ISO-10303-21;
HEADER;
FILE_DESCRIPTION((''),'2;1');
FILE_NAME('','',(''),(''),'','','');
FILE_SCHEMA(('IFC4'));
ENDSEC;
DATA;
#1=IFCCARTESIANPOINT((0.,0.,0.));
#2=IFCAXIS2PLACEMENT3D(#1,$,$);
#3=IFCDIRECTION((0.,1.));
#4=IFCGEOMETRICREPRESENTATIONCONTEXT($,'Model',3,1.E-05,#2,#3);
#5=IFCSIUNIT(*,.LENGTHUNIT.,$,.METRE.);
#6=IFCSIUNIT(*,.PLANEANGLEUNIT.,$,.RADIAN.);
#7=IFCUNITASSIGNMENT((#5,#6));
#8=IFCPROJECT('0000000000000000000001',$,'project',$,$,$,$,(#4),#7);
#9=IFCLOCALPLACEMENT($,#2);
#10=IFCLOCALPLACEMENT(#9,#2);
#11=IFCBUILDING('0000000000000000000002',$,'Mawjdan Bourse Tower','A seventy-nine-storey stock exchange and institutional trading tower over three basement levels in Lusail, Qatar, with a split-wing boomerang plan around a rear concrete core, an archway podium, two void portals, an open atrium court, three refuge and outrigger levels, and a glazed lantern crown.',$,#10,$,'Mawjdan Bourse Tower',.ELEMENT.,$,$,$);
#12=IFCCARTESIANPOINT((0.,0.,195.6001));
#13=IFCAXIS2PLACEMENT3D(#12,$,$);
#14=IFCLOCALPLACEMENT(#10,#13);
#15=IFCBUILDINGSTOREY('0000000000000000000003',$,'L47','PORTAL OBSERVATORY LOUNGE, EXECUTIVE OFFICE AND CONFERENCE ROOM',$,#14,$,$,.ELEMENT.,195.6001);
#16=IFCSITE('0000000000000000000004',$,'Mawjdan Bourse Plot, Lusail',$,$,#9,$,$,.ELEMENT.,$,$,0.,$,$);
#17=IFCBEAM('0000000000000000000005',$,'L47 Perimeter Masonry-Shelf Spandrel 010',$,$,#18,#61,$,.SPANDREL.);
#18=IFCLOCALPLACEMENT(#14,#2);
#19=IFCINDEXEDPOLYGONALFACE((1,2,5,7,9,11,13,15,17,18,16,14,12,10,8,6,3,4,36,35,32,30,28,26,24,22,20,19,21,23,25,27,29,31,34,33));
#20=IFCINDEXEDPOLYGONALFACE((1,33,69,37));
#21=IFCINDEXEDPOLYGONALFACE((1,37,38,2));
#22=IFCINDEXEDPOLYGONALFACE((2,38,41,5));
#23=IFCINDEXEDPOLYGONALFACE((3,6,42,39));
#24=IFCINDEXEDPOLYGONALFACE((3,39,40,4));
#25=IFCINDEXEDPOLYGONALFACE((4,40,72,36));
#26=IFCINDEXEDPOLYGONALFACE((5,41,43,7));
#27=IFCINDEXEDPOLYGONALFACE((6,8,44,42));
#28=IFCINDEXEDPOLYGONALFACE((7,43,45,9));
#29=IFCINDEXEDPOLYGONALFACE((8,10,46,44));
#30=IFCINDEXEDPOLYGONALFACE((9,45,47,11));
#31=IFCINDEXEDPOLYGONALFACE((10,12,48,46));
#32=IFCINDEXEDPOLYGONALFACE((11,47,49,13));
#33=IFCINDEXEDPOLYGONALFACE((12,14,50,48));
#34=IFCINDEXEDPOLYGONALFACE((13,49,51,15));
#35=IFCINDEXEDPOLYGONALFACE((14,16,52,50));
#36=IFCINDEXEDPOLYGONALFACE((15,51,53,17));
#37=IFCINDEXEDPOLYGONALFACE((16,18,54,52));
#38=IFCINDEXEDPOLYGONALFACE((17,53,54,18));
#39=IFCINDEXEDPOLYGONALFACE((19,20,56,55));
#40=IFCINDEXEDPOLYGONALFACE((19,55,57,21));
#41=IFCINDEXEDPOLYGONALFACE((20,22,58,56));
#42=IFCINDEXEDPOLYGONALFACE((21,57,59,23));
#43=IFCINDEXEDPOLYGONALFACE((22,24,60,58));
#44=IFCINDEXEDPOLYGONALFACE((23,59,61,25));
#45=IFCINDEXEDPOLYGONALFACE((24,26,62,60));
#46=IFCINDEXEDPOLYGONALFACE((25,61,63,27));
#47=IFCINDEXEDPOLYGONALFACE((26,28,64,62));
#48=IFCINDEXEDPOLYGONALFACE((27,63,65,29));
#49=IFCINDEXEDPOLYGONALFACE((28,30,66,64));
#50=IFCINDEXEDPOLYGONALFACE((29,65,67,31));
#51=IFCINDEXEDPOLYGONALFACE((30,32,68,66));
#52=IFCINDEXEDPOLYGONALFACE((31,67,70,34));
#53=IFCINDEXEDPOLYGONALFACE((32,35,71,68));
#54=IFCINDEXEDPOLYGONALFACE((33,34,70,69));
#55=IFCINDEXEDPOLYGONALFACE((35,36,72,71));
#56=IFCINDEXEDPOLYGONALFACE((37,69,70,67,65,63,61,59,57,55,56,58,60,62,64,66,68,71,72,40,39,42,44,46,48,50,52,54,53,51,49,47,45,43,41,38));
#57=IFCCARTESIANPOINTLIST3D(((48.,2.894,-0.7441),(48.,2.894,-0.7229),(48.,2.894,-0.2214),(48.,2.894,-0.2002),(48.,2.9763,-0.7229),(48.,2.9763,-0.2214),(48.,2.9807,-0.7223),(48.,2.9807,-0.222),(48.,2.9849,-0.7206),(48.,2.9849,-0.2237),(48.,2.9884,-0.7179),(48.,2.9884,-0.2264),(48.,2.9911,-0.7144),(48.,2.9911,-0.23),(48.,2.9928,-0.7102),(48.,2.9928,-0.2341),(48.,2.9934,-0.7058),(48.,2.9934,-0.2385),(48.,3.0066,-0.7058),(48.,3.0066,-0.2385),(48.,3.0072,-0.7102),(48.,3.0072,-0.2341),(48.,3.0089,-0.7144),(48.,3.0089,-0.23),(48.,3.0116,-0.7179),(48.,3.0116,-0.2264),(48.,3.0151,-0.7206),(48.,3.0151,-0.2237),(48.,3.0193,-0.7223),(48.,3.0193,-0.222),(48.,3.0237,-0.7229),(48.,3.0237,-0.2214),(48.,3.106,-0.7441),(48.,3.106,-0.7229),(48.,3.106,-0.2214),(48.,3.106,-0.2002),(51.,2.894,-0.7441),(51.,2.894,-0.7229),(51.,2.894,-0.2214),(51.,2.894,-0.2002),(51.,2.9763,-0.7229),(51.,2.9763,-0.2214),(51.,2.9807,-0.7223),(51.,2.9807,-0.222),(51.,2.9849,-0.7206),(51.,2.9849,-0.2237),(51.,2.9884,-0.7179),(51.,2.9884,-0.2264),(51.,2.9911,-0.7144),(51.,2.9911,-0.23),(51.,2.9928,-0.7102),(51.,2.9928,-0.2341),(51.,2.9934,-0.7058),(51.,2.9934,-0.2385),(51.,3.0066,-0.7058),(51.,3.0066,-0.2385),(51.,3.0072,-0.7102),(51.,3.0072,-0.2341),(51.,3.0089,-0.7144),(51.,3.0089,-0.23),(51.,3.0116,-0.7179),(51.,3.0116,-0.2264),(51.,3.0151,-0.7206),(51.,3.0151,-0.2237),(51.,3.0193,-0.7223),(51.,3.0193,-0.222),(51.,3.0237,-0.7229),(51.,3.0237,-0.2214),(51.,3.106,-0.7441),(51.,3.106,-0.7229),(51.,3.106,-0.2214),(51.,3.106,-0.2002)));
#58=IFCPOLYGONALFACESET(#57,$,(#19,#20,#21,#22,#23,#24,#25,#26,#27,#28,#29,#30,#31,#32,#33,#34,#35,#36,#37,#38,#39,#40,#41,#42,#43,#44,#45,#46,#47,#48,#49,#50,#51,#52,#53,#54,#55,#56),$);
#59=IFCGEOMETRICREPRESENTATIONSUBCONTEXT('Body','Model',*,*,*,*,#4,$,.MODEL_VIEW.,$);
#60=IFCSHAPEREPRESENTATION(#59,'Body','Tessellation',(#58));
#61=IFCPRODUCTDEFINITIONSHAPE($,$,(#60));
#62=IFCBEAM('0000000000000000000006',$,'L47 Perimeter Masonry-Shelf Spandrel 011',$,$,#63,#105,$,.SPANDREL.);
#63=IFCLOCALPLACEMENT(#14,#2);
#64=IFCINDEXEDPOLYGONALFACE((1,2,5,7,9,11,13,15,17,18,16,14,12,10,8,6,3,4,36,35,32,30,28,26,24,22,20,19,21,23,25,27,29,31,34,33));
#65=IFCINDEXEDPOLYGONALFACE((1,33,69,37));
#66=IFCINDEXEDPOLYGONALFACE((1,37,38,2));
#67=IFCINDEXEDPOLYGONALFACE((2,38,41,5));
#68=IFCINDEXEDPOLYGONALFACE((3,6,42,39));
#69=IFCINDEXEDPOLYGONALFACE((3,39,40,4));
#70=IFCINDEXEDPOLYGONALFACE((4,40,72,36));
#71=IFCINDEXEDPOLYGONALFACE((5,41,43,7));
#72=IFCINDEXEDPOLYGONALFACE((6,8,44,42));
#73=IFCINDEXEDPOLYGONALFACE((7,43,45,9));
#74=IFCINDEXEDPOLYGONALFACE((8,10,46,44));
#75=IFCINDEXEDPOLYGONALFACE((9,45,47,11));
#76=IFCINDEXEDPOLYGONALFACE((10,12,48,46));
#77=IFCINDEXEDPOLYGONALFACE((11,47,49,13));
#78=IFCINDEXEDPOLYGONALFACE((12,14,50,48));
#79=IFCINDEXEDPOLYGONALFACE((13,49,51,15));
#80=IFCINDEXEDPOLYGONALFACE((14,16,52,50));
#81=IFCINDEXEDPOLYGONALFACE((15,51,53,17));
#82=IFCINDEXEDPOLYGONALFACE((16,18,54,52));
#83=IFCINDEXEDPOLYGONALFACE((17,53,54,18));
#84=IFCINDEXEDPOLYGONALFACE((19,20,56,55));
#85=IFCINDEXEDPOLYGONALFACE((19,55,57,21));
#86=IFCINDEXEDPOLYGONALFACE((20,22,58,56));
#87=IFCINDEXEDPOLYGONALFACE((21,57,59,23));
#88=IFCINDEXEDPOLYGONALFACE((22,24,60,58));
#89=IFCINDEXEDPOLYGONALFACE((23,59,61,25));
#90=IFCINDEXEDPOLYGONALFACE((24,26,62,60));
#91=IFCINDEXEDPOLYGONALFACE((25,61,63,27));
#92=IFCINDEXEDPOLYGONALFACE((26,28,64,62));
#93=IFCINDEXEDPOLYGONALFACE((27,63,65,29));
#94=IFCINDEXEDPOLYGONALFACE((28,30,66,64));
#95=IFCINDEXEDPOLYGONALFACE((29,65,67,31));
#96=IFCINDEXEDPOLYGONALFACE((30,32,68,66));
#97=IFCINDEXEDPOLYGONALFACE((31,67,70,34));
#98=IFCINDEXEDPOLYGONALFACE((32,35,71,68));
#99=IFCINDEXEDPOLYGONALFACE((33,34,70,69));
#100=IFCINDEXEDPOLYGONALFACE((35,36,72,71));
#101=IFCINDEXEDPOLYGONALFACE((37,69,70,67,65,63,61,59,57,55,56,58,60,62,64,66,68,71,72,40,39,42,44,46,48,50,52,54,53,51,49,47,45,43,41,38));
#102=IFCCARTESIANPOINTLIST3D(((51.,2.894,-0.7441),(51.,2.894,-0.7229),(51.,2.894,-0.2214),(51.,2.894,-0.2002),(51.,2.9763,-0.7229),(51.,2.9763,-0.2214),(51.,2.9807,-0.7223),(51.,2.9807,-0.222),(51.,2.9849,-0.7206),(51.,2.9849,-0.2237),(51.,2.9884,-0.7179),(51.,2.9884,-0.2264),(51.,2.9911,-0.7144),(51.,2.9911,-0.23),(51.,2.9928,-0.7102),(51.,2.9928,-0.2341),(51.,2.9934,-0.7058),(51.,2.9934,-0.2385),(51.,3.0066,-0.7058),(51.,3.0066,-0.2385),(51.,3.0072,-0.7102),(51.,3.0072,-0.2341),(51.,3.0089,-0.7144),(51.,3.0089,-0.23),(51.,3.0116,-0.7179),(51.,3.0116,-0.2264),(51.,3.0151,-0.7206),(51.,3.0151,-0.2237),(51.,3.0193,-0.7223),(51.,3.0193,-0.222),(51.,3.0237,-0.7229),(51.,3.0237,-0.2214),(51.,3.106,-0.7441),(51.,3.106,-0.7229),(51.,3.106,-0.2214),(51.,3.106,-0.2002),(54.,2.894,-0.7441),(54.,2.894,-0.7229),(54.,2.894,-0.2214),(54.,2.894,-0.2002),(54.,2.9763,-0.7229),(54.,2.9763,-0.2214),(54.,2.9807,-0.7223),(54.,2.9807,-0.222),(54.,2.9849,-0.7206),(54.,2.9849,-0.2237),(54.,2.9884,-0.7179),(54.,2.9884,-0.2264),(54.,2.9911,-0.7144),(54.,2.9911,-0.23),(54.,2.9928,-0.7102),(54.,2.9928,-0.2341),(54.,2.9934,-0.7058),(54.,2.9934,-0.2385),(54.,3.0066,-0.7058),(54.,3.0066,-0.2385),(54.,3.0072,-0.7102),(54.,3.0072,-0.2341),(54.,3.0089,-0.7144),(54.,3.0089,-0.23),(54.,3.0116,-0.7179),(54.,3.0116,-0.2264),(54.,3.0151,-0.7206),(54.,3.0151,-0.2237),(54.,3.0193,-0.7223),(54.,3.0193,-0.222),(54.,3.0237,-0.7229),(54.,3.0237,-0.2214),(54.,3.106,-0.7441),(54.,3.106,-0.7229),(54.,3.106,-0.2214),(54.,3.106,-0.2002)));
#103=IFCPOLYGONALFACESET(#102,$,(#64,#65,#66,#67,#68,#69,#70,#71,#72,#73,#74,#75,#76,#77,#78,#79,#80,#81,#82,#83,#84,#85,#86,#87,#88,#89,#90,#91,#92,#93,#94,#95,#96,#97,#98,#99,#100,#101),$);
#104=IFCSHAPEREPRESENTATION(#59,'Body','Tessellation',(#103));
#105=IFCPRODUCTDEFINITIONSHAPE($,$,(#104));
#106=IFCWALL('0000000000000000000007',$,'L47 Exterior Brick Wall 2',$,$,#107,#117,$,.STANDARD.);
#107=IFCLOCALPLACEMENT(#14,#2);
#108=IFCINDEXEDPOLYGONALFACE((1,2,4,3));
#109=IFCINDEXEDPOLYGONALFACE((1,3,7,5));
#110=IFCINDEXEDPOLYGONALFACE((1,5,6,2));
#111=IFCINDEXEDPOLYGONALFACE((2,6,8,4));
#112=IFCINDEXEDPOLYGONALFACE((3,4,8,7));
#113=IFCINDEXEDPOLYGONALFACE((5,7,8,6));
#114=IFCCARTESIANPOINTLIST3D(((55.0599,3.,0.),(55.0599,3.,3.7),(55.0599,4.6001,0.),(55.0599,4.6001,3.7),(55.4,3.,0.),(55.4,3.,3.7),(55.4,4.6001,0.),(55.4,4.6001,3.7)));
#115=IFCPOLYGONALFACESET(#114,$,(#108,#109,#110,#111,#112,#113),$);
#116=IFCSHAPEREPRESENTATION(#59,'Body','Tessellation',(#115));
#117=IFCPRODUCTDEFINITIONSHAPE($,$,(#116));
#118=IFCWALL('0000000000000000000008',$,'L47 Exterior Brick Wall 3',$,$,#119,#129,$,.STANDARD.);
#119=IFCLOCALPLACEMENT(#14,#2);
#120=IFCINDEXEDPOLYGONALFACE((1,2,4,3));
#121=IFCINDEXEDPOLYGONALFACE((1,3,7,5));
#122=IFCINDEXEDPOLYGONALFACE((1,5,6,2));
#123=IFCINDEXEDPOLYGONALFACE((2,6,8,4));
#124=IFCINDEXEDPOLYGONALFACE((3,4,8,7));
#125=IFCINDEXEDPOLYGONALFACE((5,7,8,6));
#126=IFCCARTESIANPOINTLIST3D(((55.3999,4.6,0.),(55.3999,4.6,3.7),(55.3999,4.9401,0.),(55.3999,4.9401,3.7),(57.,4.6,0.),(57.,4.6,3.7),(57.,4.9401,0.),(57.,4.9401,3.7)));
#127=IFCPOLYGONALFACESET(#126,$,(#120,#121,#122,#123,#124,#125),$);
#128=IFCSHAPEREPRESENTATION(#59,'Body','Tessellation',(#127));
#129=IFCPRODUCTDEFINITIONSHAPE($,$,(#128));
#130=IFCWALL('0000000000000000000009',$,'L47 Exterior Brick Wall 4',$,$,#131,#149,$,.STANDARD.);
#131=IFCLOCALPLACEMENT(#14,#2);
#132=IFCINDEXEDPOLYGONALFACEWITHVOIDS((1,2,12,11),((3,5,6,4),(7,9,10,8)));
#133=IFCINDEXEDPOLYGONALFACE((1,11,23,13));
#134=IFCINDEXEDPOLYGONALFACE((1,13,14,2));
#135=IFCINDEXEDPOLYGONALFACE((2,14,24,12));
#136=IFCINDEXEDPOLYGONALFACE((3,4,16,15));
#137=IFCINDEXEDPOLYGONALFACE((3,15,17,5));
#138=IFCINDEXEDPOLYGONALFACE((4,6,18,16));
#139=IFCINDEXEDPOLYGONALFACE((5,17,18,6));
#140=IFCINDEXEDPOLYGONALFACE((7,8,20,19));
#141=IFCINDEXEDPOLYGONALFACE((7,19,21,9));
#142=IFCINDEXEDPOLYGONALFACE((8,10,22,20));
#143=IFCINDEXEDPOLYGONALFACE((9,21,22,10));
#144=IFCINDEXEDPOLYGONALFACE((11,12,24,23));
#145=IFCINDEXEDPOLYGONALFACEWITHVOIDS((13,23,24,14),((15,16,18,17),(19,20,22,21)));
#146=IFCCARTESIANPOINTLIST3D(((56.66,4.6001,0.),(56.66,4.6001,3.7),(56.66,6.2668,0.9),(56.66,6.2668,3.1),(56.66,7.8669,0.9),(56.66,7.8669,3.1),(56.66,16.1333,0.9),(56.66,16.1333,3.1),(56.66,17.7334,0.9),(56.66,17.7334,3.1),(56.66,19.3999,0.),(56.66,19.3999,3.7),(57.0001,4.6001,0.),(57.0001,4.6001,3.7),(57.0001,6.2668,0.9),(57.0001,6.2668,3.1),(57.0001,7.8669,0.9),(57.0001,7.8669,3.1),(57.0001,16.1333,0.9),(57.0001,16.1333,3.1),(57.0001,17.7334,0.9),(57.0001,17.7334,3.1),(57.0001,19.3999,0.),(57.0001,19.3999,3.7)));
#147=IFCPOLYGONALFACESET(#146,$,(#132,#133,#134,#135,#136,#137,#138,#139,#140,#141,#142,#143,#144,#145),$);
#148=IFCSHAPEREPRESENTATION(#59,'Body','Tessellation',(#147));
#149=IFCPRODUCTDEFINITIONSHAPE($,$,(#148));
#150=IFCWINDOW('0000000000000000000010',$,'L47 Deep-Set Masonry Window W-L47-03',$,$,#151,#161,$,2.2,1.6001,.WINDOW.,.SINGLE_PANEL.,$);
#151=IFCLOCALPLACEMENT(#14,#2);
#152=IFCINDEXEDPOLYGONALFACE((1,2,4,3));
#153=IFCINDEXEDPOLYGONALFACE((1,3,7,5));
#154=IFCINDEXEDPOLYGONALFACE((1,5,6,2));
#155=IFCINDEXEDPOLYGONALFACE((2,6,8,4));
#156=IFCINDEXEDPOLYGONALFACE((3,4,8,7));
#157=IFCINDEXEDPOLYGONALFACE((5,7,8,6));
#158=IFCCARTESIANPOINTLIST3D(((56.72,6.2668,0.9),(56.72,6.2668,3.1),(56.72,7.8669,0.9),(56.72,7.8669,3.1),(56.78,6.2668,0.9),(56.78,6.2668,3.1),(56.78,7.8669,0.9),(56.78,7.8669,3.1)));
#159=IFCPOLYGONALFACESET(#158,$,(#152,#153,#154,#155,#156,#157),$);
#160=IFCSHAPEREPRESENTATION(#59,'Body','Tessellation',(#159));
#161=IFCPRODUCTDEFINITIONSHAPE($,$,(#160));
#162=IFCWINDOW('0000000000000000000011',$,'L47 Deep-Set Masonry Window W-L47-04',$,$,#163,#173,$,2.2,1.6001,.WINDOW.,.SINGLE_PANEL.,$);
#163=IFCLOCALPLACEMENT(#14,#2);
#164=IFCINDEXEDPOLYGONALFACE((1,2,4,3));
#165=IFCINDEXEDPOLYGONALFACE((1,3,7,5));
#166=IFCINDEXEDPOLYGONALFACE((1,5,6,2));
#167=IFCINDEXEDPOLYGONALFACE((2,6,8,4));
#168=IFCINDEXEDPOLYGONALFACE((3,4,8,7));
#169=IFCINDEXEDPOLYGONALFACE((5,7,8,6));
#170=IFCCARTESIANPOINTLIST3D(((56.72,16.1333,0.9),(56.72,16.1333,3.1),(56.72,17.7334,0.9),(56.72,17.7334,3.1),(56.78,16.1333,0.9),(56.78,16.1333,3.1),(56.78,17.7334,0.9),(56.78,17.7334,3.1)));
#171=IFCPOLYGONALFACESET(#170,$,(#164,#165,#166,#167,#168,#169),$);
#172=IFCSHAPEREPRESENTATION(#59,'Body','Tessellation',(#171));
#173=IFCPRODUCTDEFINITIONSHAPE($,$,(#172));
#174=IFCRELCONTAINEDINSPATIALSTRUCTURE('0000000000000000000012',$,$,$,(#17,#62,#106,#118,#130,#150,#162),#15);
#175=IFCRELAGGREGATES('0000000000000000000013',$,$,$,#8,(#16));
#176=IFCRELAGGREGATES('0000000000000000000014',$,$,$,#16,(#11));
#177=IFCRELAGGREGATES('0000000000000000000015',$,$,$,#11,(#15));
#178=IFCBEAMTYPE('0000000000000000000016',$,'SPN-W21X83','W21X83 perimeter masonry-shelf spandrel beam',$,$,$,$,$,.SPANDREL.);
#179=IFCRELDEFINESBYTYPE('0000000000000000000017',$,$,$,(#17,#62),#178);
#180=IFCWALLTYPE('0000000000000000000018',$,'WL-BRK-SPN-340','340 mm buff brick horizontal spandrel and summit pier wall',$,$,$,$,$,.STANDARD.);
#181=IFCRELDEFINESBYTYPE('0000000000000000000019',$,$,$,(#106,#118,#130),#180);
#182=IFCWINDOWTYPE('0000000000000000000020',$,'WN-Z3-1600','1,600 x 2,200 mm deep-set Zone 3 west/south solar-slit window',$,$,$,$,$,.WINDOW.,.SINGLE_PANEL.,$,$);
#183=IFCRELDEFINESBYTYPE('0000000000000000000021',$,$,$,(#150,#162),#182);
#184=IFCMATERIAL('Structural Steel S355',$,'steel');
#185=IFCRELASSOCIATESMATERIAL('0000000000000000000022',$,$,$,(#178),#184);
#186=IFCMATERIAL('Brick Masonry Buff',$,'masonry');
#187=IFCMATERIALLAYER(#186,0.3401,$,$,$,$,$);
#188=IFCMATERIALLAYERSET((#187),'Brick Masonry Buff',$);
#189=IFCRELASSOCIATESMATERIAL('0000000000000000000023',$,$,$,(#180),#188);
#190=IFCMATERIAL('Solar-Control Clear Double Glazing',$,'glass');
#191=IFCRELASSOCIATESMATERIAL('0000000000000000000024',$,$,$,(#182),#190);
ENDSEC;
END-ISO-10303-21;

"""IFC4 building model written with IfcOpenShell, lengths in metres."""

from ifc_helpers import new_model, si_unit, direction, frame, frame_2d, origin, origin_2d, place, context, subcontext, project, spatial, rectangle, i_section, extrude, material, layer, layer_set, material_profile, profile_set, type_object, element, fill, save


model = new_model("IFC4")

# Units and contexts
model_context = context("Model", 3, precision=1e-05, world=origin(), true_north=direction((0.0, 1.0)))
body_context = subcontext(model_context, "Body", "Model", "MODEL_VIEW")
ifc_project = project(units=[si_unit("LENGTHUNIT", "METRE"), si_unit("PLANEANGLEUNIT", "RADIAN")], contexts=[model_context])

# Site, building, storey
site_placement = place(None, origin())
site = spatial("IfcSite", under=ifc_project, at=site_placement, Name="Mawjdan Bourse Plot, Lusail", CompositionType="ELEMENT", RefElevation=0.0)
building_placement = place(site_placement, origin())
building = spatial("IfcBuilding", under=site, at=building_placement, Name="Mawjdan Bourse Tower", Description="A seventy-nine-storey stock exchange and institutional trading tower over three basement levels in Lusail, Qatar, with a split-wing boomerang plan around a rear concrete core, an archway podium, two void portals, an open atrium court, three refuge and outrigger levels, and a glazed lantern crown.", LongName="Mawjdan Bourse Tower", CompositionType="ELEMENT")
storey_placement = place(building_placement, frame((0.0, 0.0, 195.6001)))
storey = spatial("IfcBuildingStorey", under=building, at=storey_placement, Name="L47", Description="PORTAL OBSERVATORY LOUNGE, EXECUTIVE OFFICE AND CONFERENCE ROOM", CompositionType="ELEMENT", Elevation=195.6001)

# Beams
ifc_material_1 = material(Name="Structural Steel S355", Category="steel")
ifc_material_profile_1 = material_profile(ifc_material_1, i_section(OverallWidth=0.2119, OverallDepth=0.5439, WebThickness=0.0132, FlangeThickness=0.0212, FilletRadius=0.0171, at=origin_2d()), Name="W21X83")
ifc_profile_set_1 = profile_set([ifc_material_profile_1], Name="Structural Steel S355")
beam_type_1 = type_object("IfcBeamType", Name="SPN-W21X83", Description="W21X83 perimeter masonry-shelf spandrel beam", PredefinedType="SPANDREL", material=ifc_profile_set_1)
for number, where, z_axis, x_axis, name in (
    (1, (48.0, 3.0, -0.4722), (1.0, 0.0, 0.0), (0.0, 1.0, 0.0), "L47 Perimeter Masonry-Shelf Spandrel 010"),
    (2, (51.0, 3.0, -0.4722), (1.0, 0.0, 0.0), (0.0, 1.0, 0.0), "L47 Perimeter Masonry-Shelf Spandrel 011"),
):
    element("IfcBeam", number, at=place(storey_placement, frame(where, z_axis=z_axis, x_axis=x_axis)), inside=storey, type_object=beam_type_1, Name=name, PredefinedType="SPANDREL", context=body_context, shape_type="SweptSolid", body=[
        extrude(i_section(OverallWidth=0.2119, OverallDepth=0.5439, WebThickness=0.0132, FlangeThickness=0.0212, FilletRadius=0.0171, at=origin_2d()), origin(), (0.0, 0.0, 1.0), 3.0),
    ])

# Walls
ifc_material_2 = material(Name="Brick Masonry Buff", Category="masonry")
ifc_layer_1 = layer(ifc_material_2, 0.3401)
ifc_layer_set_1 = layer_set([ifc_layer_1], Name="Brick Masonry Buff")
wall_type_1 = type_object("IfcWallType", Name="WL-BRK-SPN-340", Description="340 mm buff brick horizontal spandrel and summit pier wall", PredefinedType="STANDARD", material=ifc_layer_set_1)
for number, where, z_axis, x_axis, name in (
    (3, (55.23, 3.0, 0.0), (0.0, 0.0, 1.0), (0.0, 1.0, 0.0), "L47 Exterior Brick Wall 2"),
    (4, (55.3999, 4.77, 0.0), (0.0, 0.0, 1.0), (1.0, 0.0, 0.0), "L47 Exterior Brick Wall 3"),
):
    element("IfcWall", number, at=place(storey_placement, frame(where, z_axis=z_axis, x_axis=x_axis)), inside=storey, type_object=wall_type_1, Name=name, PredefinedType="STANDARD", context=body_context, shape_type="SweptSolid", body=[
        extrude(rectangle(XDim=1.6001, YDim=0.3401, at=frame_2d((0.8, 0.0))), origin(), (0.0, 0.0, 1.0), 3.7),
    ])

# Wall, openings, windows
wall_1_placement = place(storey_placement, frame((56.8301, 4.6001, 0.0), z_axis=(0.0, 0.0, 1.0), x_axis=(0.0, 1.0, 0.0)))
wall_1 = element("IfcWall", 5, at=wall_1_placement, inside=storey, type_object=wall_type_1, Name="L47 Exterior Brick Wall 4", PredefinedType="STANDARD", context=body_context, shape_type="SweptSolid", body=[
    extrude(rectangle(XDim=14.7998, YDim=0.3401, at=frame_2d((7.3999, 0.0))), origin(), (0.0, 0.0, 1.0), 3.7),
])
opening_1_placement = place(wall_1_placement, frame((1.6667, 0.0, 0.8999)))
opening_1 = element("IfcOpeningElement", 6, at=opening_1_placement, cuts=wall_1, PredefinedType="OPENING", context=body_context, shape_type="SweptSolid", body=[
    extrude(rectangle(XDim=1.6001, YDim=2.2, at=frame_2d((0.8, 1.1001))), frame((0.0, 0.1802, 0.0), z_axis=(0.0, -1.0, 0.0), x_axis=(1.0, 0.0, 0.0)), (0.0, 0.0, 1.0), 0.3601),
])
opening_2_placement = place(wall_1_placement, frame((11.5332, 0.0, 0.8999)))
opening_2 = element("IfcOpeningElement", 7, at=opening_2_placement, cuts=wall_1, PredefinedType="OPENING", context=body_context, shape_type="SweptSolid", body=[
    extrude(rectangle(XDim=1.6001, YDim=2.2, at=frame_2d((0.8, 1.1001))), frame((0.0, 0.1802, 0.0), z_axis=(0.0, -1.0, 0.0), x_axis=(1.0, 0.0, 0.0)), (0.0, 0.0, 1.0), 0.3601),
])
ifc_material_3 = material(Name="Solar-Control Clear Double Glazing", Category="glass")
window_type = type_object("IfcWindowType", Name="WN-Z3-1600", Description="1,600 x 2,200 mm deep-set Zone 3 west/south solar-slit window", PartitioningType="SINGLE_PANEL", PredefinedType="WINDOW", material=ifc_material_3)
window_1_placement = place(opening_1_placement, origin())
window_1 = element("IfcWindow", 8, at=window_1_placement, inside=storey, type_object=window_type, Name="L47 Deep-Set Masonry Window W-L47-03", OverallHeight=2.2, OverallWidth=1.6001, PartitioningType="SINGLE_PANEL", PredefinedType="WINDOW", context=body_context, shape_type="SweptSolid", body=[
    extrude(rectangle(XDim=1.6001, YDim=2.2, at=frame_2d((0.8, 1.1001))), frame((0.0, 0.1101, 0.0), z_axis=(0.0, -1.0, 0.0), x_axis=(1.0, 0.0, 0.0)), (0.0, 0.0, 1.0), 0.0601),
])
fill(opening_1, window_1)
window_2_placement = place(opening_2_placement, origin())
window_2 = element("IfcWindow", 9, at=window_2_placement, inside=storey, type_object=window_type, Name="L47 Deep-Set Masonry Window W-L47-04", OverallHeight=2.2, OverallWidth=1.6001, PartitioningType="SINGLE_PANEL", PredefinedType="WINDOW", context=body_context, shape_type="SweptSolid", body=[
    extrude(rectangle(XDim=1.6001, YDim=2.2, at=frame_2d((0.8, 1.1001))), frame((0.0, 0.1101, 0.0), z_axis=(0.0, -1.0, 0.0), x_axis=(1.0, 0.0, 0.0)), (0.0, 0.0, 1.0), 0.0601),
])
fill(opening_2, window_2)

save(model, "model.ifc")
